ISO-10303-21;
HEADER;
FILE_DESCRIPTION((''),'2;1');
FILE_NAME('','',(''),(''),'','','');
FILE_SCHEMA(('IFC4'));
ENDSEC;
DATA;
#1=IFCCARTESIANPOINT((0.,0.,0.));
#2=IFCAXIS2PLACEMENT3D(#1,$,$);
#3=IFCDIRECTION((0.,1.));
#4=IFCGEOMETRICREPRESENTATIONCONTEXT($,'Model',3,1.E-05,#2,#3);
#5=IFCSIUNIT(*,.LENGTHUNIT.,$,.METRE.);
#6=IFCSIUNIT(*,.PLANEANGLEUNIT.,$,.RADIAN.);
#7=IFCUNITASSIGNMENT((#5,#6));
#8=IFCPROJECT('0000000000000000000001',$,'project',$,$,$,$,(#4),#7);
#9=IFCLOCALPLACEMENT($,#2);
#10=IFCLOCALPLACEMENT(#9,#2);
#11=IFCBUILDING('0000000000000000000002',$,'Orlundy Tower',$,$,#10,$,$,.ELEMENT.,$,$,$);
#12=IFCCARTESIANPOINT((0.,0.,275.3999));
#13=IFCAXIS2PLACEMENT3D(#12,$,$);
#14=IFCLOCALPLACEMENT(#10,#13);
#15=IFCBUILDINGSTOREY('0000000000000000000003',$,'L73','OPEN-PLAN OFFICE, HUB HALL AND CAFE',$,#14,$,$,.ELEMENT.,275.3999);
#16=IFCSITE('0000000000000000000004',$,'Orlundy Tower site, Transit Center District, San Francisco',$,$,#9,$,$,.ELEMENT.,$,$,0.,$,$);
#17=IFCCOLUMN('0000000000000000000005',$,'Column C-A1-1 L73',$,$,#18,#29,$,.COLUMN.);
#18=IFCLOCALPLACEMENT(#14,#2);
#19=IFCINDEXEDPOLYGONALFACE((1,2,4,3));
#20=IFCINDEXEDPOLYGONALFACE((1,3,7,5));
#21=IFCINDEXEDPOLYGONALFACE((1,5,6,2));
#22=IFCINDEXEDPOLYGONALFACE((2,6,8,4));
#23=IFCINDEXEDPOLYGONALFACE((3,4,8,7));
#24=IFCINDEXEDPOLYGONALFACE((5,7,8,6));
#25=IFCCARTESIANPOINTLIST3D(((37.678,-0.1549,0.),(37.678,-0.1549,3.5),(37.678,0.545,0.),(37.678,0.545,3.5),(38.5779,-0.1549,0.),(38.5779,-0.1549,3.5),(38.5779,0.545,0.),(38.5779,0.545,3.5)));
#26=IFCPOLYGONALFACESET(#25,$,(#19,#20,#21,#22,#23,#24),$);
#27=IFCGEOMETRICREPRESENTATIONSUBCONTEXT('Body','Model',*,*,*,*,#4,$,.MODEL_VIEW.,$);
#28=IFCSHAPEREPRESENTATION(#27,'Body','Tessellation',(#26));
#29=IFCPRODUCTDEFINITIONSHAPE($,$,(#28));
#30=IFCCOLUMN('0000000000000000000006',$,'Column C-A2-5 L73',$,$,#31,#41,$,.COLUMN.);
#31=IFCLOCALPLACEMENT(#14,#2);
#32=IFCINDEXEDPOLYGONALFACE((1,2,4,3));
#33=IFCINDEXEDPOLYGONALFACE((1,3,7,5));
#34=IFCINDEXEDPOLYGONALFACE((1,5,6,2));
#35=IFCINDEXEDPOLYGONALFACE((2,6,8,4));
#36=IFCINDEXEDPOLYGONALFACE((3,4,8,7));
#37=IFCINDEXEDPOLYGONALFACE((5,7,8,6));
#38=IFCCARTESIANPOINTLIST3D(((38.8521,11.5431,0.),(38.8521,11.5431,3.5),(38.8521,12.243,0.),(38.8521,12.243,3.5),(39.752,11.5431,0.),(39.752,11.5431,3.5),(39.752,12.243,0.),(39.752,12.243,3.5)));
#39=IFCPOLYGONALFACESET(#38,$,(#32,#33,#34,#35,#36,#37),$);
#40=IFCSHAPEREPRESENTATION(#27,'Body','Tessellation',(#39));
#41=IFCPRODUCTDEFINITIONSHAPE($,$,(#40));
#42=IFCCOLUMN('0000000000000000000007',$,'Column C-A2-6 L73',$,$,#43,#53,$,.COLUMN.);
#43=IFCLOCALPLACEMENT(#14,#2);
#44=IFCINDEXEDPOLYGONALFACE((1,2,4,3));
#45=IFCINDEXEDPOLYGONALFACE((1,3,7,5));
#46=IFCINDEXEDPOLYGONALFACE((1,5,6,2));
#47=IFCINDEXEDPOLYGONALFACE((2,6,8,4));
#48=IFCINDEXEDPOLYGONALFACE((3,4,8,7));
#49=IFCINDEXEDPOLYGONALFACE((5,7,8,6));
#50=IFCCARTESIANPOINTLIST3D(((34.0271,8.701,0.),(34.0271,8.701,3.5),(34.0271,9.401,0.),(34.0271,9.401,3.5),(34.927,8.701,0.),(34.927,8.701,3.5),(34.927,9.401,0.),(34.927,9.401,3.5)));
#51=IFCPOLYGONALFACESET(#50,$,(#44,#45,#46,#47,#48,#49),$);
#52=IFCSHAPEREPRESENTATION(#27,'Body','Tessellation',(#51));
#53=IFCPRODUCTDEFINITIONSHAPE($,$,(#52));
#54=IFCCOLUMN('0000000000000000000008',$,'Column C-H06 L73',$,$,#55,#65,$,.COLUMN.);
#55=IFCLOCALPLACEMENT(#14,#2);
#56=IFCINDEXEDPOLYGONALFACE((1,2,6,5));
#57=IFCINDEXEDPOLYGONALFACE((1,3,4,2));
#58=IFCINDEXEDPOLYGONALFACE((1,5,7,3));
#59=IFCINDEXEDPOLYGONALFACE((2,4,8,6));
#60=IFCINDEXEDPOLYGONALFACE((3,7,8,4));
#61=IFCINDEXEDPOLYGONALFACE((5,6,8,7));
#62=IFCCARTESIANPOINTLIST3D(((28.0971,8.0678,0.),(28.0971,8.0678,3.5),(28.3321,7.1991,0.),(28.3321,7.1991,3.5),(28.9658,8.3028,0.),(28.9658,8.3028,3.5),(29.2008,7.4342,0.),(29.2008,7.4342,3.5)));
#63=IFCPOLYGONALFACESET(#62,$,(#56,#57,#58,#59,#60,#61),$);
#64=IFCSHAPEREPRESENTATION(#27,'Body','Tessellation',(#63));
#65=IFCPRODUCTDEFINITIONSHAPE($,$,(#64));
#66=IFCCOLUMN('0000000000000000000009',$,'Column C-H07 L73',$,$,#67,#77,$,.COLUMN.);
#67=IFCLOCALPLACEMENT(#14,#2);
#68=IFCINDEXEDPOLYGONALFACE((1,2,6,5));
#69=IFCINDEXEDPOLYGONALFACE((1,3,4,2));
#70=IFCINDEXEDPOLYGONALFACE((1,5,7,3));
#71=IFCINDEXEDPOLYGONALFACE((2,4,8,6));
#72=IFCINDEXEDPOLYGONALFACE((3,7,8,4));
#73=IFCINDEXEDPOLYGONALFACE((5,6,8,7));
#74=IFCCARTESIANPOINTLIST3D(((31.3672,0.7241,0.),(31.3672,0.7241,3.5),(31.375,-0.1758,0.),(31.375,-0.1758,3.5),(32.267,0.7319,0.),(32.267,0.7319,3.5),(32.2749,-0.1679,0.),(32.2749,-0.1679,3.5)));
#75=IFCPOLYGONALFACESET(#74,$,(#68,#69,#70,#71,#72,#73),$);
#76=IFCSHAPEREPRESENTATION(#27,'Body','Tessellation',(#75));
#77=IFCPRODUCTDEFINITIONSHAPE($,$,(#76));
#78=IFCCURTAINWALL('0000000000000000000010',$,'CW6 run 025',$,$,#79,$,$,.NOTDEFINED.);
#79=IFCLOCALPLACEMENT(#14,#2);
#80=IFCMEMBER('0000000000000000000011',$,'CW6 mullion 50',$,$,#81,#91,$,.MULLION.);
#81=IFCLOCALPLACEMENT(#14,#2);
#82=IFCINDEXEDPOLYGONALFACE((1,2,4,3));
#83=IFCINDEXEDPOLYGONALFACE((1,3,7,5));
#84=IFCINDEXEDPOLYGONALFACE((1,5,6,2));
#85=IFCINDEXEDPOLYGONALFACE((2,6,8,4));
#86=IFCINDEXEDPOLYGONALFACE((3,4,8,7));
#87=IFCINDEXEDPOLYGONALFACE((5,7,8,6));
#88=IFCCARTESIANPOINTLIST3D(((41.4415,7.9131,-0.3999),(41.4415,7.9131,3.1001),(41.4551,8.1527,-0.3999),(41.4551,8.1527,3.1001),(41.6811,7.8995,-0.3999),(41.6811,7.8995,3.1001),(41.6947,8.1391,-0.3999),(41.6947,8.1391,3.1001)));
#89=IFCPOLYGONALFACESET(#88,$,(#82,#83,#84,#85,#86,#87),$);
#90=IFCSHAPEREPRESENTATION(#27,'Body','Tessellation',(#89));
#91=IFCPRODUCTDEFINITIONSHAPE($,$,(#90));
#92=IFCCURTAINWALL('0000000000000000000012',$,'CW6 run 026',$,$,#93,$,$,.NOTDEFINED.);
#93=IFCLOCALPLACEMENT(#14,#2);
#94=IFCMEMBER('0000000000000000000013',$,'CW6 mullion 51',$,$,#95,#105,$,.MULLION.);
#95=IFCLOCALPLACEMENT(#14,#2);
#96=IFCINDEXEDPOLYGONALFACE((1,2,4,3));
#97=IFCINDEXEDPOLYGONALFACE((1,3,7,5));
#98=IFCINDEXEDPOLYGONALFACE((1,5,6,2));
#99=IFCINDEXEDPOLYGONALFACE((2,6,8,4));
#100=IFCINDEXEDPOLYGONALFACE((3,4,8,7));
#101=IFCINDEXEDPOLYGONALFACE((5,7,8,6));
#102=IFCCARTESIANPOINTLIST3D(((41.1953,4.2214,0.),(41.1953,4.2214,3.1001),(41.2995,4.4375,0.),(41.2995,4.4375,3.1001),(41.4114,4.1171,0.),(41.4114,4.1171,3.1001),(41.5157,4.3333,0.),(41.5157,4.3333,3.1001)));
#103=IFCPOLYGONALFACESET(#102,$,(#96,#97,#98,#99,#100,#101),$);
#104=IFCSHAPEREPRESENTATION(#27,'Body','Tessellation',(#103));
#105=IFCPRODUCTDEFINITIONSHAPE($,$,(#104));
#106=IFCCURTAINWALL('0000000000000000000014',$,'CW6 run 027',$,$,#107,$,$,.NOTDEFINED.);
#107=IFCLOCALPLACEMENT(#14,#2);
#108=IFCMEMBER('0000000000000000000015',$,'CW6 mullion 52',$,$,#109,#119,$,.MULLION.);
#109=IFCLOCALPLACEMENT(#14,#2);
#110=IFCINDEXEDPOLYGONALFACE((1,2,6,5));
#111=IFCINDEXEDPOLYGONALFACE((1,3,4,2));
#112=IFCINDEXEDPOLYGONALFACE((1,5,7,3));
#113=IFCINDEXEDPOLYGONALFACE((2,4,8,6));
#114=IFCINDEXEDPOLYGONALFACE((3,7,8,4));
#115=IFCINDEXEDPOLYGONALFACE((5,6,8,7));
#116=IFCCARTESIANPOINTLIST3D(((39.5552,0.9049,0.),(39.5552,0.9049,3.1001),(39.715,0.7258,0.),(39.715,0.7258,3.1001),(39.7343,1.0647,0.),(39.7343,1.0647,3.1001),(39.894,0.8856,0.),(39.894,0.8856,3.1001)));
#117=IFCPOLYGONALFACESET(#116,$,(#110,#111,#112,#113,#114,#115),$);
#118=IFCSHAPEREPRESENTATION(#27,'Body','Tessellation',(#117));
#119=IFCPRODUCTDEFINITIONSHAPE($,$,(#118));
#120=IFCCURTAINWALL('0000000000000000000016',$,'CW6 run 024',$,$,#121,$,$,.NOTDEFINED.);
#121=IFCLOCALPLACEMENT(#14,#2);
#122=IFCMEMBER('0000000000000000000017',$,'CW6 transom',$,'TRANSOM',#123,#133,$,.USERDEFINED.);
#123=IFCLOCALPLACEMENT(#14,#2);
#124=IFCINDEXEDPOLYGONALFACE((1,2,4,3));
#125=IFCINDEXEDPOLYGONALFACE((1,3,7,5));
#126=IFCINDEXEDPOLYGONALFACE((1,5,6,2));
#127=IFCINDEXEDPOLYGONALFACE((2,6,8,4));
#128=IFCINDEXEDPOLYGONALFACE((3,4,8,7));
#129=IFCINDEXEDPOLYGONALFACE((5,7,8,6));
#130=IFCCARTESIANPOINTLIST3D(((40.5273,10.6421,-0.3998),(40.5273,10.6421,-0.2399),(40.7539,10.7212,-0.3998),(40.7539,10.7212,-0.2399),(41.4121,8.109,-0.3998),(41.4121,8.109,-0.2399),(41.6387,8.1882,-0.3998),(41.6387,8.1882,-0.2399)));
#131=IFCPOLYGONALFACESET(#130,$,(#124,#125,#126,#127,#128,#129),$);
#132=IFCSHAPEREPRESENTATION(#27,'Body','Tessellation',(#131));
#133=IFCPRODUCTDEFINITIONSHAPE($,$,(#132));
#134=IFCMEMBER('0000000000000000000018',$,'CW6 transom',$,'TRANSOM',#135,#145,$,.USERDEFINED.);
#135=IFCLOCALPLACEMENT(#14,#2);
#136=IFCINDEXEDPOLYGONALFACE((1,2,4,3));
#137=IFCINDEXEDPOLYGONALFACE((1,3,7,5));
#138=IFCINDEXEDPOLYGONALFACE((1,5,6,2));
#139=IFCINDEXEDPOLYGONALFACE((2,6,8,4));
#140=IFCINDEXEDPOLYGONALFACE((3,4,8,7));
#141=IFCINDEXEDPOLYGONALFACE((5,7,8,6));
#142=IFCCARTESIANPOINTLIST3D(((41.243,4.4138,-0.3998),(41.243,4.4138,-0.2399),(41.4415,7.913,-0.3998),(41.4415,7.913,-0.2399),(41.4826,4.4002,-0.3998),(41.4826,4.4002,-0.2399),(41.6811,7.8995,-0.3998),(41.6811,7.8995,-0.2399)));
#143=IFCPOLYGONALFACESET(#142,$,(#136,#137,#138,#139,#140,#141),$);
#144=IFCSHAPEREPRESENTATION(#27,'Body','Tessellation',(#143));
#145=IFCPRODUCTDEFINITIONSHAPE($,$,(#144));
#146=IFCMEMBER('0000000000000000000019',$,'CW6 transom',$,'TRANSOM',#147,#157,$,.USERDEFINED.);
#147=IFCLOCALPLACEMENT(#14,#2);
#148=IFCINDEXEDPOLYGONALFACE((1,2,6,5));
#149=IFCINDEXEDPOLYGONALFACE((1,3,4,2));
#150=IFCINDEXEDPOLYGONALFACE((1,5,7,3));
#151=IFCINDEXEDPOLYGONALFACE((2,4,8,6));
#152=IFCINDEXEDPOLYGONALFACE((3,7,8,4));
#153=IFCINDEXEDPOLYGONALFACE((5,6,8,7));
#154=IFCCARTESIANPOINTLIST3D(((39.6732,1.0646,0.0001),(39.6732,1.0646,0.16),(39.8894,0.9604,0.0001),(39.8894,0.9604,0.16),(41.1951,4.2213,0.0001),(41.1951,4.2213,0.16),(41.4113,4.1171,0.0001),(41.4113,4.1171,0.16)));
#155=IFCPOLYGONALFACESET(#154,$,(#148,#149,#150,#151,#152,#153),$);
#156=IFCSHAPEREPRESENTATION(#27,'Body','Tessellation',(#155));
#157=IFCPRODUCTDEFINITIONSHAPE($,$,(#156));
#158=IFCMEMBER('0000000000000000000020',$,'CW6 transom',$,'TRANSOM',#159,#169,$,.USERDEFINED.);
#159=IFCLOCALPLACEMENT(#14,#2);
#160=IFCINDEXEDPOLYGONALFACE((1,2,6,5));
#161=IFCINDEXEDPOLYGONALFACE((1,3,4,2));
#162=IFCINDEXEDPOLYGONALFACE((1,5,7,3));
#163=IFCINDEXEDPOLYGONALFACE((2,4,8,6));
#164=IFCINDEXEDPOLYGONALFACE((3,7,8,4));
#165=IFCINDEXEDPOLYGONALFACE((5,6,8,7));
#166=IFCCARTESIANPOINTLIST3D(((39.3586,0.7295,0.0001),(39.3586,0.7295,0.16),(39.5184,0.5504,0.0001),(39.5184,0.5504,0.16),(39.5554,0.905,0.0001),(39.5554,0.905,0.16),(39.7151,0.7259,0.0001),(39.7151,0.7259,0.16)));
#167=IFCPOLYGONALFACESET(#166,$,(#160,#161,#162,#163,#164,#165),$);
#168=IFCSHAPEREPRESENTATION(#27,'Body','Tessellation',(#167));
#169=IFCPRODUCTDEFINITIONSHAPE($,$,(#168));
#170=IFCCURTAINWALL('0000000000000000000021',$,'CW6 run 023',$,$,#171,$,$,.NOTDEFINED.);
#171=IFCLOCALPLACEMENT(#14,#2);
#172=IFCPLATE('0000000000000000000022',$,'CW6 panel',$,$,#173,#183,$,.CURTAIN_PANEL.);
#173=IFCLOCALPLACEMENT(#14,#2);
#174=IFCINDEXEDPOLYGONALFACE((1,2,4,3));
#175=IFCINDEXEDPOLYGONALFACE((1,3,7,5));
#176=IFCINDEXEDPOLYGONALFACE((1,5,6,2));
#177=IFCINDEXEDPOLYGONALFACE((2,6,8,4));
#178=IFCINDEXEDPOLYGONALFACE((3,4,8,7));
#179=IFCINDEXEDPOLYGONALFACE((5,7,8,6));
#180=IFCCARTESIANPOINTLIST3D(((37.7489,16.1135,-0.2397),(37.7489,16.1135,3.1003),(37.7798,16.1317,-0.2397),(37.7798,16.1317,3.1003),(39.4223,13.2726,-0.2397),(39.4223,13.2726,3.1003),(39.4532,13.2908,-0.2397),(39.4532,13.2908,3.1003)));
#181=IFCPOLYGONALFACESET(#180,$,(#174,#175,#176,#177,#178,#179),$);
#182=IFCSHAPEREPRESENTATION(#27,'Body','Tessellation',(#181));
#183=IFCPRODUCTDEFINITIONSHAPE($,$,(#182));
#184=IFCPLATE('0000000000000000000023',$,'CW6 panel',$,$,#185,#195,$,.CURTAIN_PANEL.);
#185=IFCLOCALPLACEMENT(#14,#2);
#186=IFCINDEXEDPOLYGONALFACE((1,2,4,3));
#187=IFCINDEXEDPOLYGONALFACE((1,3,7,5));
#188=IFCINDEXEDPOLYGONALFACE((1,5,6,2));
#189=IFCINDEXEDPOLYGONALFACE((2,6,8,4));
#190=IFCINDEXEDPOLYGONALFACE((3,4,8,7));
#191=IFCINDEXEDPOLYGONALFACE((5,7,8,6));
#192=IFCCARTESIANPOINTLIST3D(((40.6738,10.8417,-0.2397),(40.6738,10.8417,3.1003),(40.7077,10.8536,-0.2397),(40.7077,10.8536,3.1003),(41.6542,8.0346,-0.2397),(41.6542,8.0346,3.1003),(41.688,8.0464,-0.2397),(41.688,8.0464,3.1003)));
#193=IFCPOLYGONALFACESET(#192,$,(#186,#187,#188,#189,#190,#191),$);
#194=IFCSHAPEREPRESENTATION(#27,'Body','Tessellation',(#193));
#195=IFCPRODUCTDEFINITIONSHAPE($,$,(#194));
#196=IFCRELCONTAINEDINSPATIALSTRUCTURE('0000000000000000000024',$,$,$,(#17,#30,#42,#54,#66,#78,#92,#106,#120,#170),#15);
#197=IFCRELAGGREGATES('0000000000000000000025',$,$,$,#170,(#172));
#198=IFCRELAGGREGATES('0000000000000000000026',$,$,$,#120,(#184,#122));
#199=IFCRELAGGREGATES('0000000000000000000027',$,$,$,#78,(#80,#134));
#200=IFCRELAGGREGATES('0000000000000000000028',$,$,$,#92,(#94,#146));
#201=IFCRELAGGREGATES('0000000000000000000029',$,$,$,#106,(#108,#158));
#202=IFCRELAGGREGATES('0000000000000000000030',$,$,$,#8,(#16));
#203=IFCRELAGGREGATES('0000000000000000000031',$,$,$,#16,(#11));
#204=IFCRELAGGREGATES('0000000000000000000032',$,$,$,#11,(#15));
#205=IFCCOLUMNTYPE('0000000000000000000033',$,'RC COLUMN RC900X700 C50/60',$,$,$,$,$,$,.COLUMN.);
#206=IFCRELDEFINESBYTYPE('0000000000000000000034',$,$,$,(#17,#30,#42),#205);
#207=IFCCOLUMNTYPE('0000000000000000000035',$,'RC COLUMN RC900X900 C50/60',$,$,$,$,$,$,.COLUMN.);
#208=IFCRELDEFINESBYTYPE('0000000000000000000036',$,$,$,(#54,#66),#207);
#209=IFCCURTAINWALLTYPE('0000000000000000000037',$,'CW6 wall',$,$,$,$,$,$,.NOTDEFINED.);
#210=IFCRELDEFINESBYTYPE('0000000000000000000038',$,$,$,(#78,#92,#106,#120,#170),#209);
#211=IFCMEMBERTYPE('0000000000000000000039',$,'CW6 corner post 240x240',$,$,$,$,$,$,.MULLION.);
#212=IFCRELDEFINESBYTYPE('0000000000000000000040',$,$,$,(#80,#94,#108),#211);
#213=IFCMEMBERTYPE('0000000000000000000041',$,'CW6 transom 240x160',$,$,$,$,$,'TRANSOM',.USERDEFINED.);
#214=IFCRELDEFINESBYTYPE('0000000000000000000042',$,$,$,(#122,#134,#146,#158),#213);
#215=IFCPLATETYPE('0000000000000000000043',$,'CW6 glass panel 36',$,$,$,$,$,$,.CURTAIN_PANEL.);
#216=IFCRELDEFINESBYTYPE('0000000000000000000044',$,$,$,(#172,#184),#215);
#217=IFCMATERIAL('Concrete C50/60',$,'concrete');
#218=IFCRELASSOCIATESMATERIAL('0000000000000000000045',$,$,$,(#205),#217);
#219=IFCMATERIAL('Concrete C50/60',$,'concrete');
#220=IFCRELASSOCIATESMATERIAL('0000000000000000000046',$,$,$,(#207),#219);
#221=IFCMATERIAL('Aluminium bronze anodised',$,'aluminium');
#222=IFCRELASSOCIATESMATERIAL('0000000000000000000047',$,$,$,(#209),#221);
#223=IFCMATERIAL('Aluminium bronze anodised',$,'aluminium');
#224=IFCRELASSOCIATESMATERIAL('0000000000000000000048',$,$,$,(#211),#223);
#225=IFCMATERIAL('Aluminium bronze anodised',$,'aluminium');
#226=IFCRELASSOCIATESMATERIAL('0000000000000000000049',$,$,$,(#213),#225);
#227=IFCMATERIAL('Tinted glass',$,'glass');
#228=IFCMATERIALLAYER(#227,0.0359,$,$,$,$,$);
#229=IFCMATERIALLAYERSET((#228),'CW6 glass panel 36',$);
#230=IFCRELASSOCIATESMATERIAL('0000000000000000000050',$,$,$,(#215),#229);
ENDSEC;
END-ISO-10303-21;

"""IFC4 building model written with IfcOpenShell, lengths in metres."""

from ifc_helpers import new_model, si_unit, direction, frame, origin, origin_2d, place, context, subcontext, project, spatial, rectangle, extrude, material, layer, layer_set, material_profile, profile_set, type_object, element, aggregate, save


model = new_model("IFC4")

# Units and contexts
model_context = context("Model", 3, precision=1e-05, world=origin(), true_north=direction((0.0, 1.0)))
body_context = subcontext(model_context, "Body", "Model", "MODEL_VIEW")
ifc_project = project(units=[si_unit("LENGTHUNIT", "METRE"), si_unit("PLANEANGLEUNIT", "RADIAN")], contexts=[model_context])

# Site, building, storey
site_placement = place(None, origin())
site = spatial("IfcSite", under=ifc_project, at=site_placement, Name="Orlundy Tower site, Transit Center District, San Francisco", CompositionType="ELEMENT", RefElevation=0.0)
building_placement = place(site_placement, origin())
building = spatial("IfcBuilding", under=site, at=building_placement, Name="Orlundy Tower", CompositionType="ELEMENT")
storey_placement = place(building_placement, frame((0.0, 0.0, 275.3999)))
storey = spatial("IfcBuildingStorey", under=building, at=storey_placement, Name="L73", Description="OPEN-PLAN OFFICE, HUB HALL AND CAFE", CompositionType="ELEMENT", Elevation=275.3999)

# Columns
ifc_material_1 = material(Name="Concrete C50/60", Category="concrete")
ifc_material_profile_1 = material_profile(ifc_material_1, rectangle(XDim=0.8999, YDim=0.7, at=origin_2d()), Name="RC900X700")
ifc_profile_set_1 = profile_set([ifc_material_profile_1], Name="Concrete C50/60")
column_type_1 = type_object("IfcColumnType", Name="RC COLUMN RC900X700 C50/60", PredefinedType="COLUMN", material=ifc_profile_set_1)
for number, where, z_axis, x_axis, name in (
    (1, (38.1279, 0.1951, 0.0), (0.0, 0.0, 1.0), (1.0, 0.0, 0.0), "Column C-A1-1 L73"),
    (2, (39.302, 11.8931, 0.0), (0.0, 0.0, 1.0), (1.0, 0.0, 0.0), "Column C-A2-5 L73"),
    (3, (34.4771, 9.051, 0.0), (0.0, 0.0, 1.0), (1.0, 0.0, 0.0), "Column C-A2-6 L73"),
):
    element("IfcColumn", number, at=place(storey_placement, frame(where, z_axis=z_axis, x_axis=x_axis)), inside=storey, type_object=column_type_1, Name=name, PredefinedType="COLUMN", context=body_context, shape_type="SweptSolid", body=[
        extrude(rectangle(XDim=0.8999, YDim=0.7, at=origin_2d()), origin(), (0.0, 0.0, 1.0), 3.5),
    ])
ifc_material_2 = material(Name="Concrete C50/60", Category="concrete")
ifc_material_profile_2 = material_profile(ifc_material_2, rectangle(XDim=0.8999, YDim=0.8999, at=origin_2d()), Name="RC900X900")
ifc_profile_set_2 = profile_set([ifc_material_profile_2], Name="Concrete C50/60")
column_type_2 = type_object("IfcColumnType", Name="RC COLUMN RC900X900 C50/60", PredefinedType="COLUMN", material=ifc_profile_set_2)
for number, where, z_axis, x_axis, name in (
    (4, (28.6489, 7.751, 0.0), (0.0, 0.0, 1.0), (0.965295, 0.261162, 0.0), "Column C-H06 L73"),
    (5, (31.821, 0.2781, 0.0), (0.0, 0.0, 1.0), (0.999962, 0.008744, 0.0), "Column C-H07 L73"),
):
    element("IfcColumn", number, at=place(storey_placement, frame(where, z_axis=z_axis, x_axis=x_axis)), inside=storey, type_object=column_type_2, Name=name, PredefinedType="COLUMN", context=body_context, shape_type="SweptSolid", body=[
        extrude(rectangle(XDim=0.8999, YDim=0.8999, at=origin_2d()), origin(), (0.0, 0.0, 1.0), 3.5),
    ])

# Curtain walls, members
ifc_material_3 = material(Name="Aluminium bronze anodised", Category="aluminium")
curtain_wall_type = type_object("IfcCurtainWallType", Name="CW6 wall", PredefinedType="NOTDEFINED", material=ifc_material_3)
curtain_wall_1_placement = place(storey_placement, origin())
curtain_wall_1 = element("IfcCurtainWall", 6, at=curtain_wall_1_placement, inside=storey, type_object=curtain_wall_type, Name="CW6 run 025", PredefinedType="NOTDEFINED")
ifc_material_4 = material(Name="Aluminium bronze anodised", Category="aluminium")
ifc_material_profile_3 = material_profile(ifc_material_4, rectangle(XDim=0.24, YDim=0.24, at=origin_2d()), Name="CW6 corner post 240x240")
ifc_profile_set_3 = profile_set([ifc_material_profile_3], Name="Aluminium bronze anodised")
member_type_1 = type_object("IfcMemberType", Name="CW6 corner post 240x240", PredefinedType="MULLION", material=ifc_profile_set_3)
member_1_placement = place(storey_placement, frame((41.5681, 8.0261, -0.3999), z_axis=(0.0, 0.0, 1.0), x_axis=(0.998394, -0.05665, 0.0)))
member_1 = element("IfcMember", 7, at=member_1_placement, type_object=member_type_1, Name="CW6 mullion 50", PredefinedType="MULLION", context=body_context, shape_type="SweptSolid", body=[
    extrude(rectangle(XDim=0.24, YDim=0.24, at=origin_2d()), origin(), (0.0, 0.0, 1.0), 3.5),
])
curtain_wall_2_placement = place(storey_placement, origin())
curtain_wall_2 = element("IfcCurtainWall", 8, at=curtain_wall_2_placement, inside=storey, type_object=curtain_wall_type, Name="CW6 run 026", PredefinedType="NOTDEFINED")
member_2_placement = place(storey_placement, frame((41.3555, 4.2773, 0.0), z_axis=(0.0, 0.0, 1.0), x_axis=(0.900755, -0.434327, 0.0)))
member_2 = element("IfcMember", 9, at=member_2_placement, type_object=member_type_1, Name="CW6 mullion 51", PredefinedType="MULLION", context=body_context, shape_type="SweptSolid", body=[
    extrude(rectangle(XDim=0.24, YDim=0.24, at=origin_2d()), origin(), (0.0, 0.0, 1.0), 3.1001),
])
curtain_wall_3_placement = place(storey_placement, origin())
curtain_wall_3 = element("IfcCurtainWall", 10, at=curtain_wall_3_placement, inside=storey, type_object=curtain_wall_type, Name="CW6 run 027", PredefinedType="NOTDEFINED")
member_3_placement = place(storey_placement, frame((39.7246, 0.8953, 0.0), z_axis=(0.0, 0.0, 1.0), x_axis=(0.665769, -0.746158, 0.0)))
member_3 = element("IfcMember", 11, at=member_3_placement, type_object=member_type_1, Name="CW6 mullion 52", PredefinedType="MULLION", context=body_context, shape_type="SweptSolid", body=[
    extrude(rectangle(XDim=0.24, YDim=0.24, at=origin_2d()), origin(), (0.0, 0.0, 1.0), 3.1001),
])
curtain_wall_4_placement = place(storey_placement, origin())
curtain_wall_4 = element("IfcCurtainWall", 12, at=curtain_wall_4_placement, inside=storey, type_object=curtain_wall_type, Name="CW6 run 024", PredefinedType="NOTDEFINED")
ifc_material_5 = material(Name="Aluminium bronze anodised", Category="aluminium")
ifc_material_profile_4 = material_profile(ifc_material_5, rectangle(XDim=0.24, YDim=0.1599, at=origin_2d()), Name="CW6 transom 240x160")
ifc_profile_set_4 = profile_set([ifc_material_profile_4], Name="Aluminium bronze anodised")
member_type_2 = type_object("IfcMemberType", Name="CW6 transom 240x160", ElementType="TRANSOM", PredefinedType="USERDEFINED", material=ifc_profile_set_4)
member_4_placement = place(storey_placement, frame((40.6406, 10.6816, -0.3198), z_axis=(0.329763, -0.944064, 0.0), x_axis=(0.944064, 0.329763, 0.0)))
member_4 = element("IfcMember", 13, at=member_4_placement, type_object=member_type_2, Name="CW6 transom", ObjectType="TRANSOM", PredefinedType="USERDEFINED", context=body_context, shape_type="SweptSolid", body=[
    extrude(rectangle(XDim=0.24, YDim=0.1599, at=origin_2d()), origin(), (0.0, 0.0, 1.0), 2.6831),
])

# Members
member_5_placement = place(storey_placement, frame((41.5613, 7.9062, -0.3198), z_axis=(-0.056631, -0.998395, 0.0), x_axis=(0.998395, -0.056631, 0.0)))
member_5 = element("IfcMember", 14, at=member_5_placement, type_object=member_type_2, Name="CW6 transom", ObjectType="TRANSOM", PredefinedType="USERDEFINED", context=body_context, shape_type="SweptSolid", body=[
    extrude(rectangle(XDim=0.24, YDim=0.1599, at=origin_2d()), origin(), (0.0, 0.0, 1.0), 3.5049),
])
member_6_placement = place(storey_placement, frame((41.3032, 4.1692, 0.0801), z_axis=(-0.434293, -0.900772, 0.0), x_axis=(0.900772, -0.434293, 0.0)))
member_6 = element("IfcMember", 15, at=member_6_placement, type_object=member_type_2, Name="CW6 transom", ObjectType="TRANSOM", PredefinedType="USERDEFINED", context=body_context, shape_type="SweptSolid", body=[
    extrude(rectangle(XDim=0.24, YDim=0.1599, at=origin_2d()), origin(), (0.0, 0.0, 1.0), 3.5044),
])
member_7_placement = place(storey_placement, frame((39.6353, 0.8154, 0.0801), z_axis=(-0.746233, -0.665685, 0.0), x_axis=(0.665685, -0.746233, 0.0)))
member_7 = element("IfcMember", 16, at=member_7_placement, type_object=member_type_2, Name="CW6 transom", ObjectType="TRANSOM", PredefinedType="USERDEFINED", context=body_context, shape_type="SweptSolid", body=[
    extrude(rectangle(XDim=0.24, YDim=0.1599, at=origin_2d()), origin(), (0.0, 0.0, 1.0), 0.2637),
])

# Curtain wall, plate
curtain_wall_5_placement = place(storey_placement, origin())
curtain_wall_5 = element("IfcCurtainWall", 17, at=curtain_wall_5_placement, inside=storey, type_object=curtain_wall_type, Name="CW6 run 023", PredefinedType="NOTDEFINED")
ifc_material_6 = material(Name="Tinted glass", Category="glass")
ifc_layer_1 = layer(ifc_material_6, 0.0359)
ifc_layer_set_1 = layer_set([ifc_layer_1], Name="CW6 glass panel 36")
plate_type = type_object("IfcPlateType", Name="CW6 glass panel 36", PredefinedType="CURTAIN_PANEL", material=ifc_layer_set_1)
plate_1_placement = place(storey_placement, frame((38.6011, 14.7021, -0.2397), z_axis=(0.0, 0.0, 1.0), x_axis=(0.507532, -0.861633, 0.0)))
plate_1 = element("IfcPlate", 18, at=plate_1_placement, type_object=plate_type, Name="CW6 panel", PredefinedType="CURTAIN_PANEL", context=body_context, shape_type="SweptSolid", body=[
    extrude(rectangle(XDim=3.2971, YDim=0.0359, at=origin_2d()), origin(), (0.0, 0.0, 1.0), 3.3401),
])
aggregate(curtain_wall_5, [plate_1])

# Plate
plate_2_placement = place(storey_placement, frame((41.1809, 9.4441, -0.2397), z_axis=(0.0, 0.0, 1.0), x_axis=(0.329713, -0.944081, 0.0)))
plate_2 = element("IfcPlate", 19, at=plate_2_placement, type_object=plate_type, Name="CW6 panel", PredefinedType="CURTAIN_PANEL", context=body_context, shape_type="SweptSolid", body=[
    extrude(rectangle(XDim=2.9734, YDim=0.0359, at=origin_2d()), origin(), (0.0, 0.0, 1.0), 3.3401),
])
aggregate(curtain_wall_4, [plate_2, member_4])
aggregate(curtain_wall_1, [member_1, member_5])
aggregate(curtain_wall_2, [member_2, member_6])
aggregate(curtain_wall_3, [member_3, member_7])

save(model, "model.ifc")
